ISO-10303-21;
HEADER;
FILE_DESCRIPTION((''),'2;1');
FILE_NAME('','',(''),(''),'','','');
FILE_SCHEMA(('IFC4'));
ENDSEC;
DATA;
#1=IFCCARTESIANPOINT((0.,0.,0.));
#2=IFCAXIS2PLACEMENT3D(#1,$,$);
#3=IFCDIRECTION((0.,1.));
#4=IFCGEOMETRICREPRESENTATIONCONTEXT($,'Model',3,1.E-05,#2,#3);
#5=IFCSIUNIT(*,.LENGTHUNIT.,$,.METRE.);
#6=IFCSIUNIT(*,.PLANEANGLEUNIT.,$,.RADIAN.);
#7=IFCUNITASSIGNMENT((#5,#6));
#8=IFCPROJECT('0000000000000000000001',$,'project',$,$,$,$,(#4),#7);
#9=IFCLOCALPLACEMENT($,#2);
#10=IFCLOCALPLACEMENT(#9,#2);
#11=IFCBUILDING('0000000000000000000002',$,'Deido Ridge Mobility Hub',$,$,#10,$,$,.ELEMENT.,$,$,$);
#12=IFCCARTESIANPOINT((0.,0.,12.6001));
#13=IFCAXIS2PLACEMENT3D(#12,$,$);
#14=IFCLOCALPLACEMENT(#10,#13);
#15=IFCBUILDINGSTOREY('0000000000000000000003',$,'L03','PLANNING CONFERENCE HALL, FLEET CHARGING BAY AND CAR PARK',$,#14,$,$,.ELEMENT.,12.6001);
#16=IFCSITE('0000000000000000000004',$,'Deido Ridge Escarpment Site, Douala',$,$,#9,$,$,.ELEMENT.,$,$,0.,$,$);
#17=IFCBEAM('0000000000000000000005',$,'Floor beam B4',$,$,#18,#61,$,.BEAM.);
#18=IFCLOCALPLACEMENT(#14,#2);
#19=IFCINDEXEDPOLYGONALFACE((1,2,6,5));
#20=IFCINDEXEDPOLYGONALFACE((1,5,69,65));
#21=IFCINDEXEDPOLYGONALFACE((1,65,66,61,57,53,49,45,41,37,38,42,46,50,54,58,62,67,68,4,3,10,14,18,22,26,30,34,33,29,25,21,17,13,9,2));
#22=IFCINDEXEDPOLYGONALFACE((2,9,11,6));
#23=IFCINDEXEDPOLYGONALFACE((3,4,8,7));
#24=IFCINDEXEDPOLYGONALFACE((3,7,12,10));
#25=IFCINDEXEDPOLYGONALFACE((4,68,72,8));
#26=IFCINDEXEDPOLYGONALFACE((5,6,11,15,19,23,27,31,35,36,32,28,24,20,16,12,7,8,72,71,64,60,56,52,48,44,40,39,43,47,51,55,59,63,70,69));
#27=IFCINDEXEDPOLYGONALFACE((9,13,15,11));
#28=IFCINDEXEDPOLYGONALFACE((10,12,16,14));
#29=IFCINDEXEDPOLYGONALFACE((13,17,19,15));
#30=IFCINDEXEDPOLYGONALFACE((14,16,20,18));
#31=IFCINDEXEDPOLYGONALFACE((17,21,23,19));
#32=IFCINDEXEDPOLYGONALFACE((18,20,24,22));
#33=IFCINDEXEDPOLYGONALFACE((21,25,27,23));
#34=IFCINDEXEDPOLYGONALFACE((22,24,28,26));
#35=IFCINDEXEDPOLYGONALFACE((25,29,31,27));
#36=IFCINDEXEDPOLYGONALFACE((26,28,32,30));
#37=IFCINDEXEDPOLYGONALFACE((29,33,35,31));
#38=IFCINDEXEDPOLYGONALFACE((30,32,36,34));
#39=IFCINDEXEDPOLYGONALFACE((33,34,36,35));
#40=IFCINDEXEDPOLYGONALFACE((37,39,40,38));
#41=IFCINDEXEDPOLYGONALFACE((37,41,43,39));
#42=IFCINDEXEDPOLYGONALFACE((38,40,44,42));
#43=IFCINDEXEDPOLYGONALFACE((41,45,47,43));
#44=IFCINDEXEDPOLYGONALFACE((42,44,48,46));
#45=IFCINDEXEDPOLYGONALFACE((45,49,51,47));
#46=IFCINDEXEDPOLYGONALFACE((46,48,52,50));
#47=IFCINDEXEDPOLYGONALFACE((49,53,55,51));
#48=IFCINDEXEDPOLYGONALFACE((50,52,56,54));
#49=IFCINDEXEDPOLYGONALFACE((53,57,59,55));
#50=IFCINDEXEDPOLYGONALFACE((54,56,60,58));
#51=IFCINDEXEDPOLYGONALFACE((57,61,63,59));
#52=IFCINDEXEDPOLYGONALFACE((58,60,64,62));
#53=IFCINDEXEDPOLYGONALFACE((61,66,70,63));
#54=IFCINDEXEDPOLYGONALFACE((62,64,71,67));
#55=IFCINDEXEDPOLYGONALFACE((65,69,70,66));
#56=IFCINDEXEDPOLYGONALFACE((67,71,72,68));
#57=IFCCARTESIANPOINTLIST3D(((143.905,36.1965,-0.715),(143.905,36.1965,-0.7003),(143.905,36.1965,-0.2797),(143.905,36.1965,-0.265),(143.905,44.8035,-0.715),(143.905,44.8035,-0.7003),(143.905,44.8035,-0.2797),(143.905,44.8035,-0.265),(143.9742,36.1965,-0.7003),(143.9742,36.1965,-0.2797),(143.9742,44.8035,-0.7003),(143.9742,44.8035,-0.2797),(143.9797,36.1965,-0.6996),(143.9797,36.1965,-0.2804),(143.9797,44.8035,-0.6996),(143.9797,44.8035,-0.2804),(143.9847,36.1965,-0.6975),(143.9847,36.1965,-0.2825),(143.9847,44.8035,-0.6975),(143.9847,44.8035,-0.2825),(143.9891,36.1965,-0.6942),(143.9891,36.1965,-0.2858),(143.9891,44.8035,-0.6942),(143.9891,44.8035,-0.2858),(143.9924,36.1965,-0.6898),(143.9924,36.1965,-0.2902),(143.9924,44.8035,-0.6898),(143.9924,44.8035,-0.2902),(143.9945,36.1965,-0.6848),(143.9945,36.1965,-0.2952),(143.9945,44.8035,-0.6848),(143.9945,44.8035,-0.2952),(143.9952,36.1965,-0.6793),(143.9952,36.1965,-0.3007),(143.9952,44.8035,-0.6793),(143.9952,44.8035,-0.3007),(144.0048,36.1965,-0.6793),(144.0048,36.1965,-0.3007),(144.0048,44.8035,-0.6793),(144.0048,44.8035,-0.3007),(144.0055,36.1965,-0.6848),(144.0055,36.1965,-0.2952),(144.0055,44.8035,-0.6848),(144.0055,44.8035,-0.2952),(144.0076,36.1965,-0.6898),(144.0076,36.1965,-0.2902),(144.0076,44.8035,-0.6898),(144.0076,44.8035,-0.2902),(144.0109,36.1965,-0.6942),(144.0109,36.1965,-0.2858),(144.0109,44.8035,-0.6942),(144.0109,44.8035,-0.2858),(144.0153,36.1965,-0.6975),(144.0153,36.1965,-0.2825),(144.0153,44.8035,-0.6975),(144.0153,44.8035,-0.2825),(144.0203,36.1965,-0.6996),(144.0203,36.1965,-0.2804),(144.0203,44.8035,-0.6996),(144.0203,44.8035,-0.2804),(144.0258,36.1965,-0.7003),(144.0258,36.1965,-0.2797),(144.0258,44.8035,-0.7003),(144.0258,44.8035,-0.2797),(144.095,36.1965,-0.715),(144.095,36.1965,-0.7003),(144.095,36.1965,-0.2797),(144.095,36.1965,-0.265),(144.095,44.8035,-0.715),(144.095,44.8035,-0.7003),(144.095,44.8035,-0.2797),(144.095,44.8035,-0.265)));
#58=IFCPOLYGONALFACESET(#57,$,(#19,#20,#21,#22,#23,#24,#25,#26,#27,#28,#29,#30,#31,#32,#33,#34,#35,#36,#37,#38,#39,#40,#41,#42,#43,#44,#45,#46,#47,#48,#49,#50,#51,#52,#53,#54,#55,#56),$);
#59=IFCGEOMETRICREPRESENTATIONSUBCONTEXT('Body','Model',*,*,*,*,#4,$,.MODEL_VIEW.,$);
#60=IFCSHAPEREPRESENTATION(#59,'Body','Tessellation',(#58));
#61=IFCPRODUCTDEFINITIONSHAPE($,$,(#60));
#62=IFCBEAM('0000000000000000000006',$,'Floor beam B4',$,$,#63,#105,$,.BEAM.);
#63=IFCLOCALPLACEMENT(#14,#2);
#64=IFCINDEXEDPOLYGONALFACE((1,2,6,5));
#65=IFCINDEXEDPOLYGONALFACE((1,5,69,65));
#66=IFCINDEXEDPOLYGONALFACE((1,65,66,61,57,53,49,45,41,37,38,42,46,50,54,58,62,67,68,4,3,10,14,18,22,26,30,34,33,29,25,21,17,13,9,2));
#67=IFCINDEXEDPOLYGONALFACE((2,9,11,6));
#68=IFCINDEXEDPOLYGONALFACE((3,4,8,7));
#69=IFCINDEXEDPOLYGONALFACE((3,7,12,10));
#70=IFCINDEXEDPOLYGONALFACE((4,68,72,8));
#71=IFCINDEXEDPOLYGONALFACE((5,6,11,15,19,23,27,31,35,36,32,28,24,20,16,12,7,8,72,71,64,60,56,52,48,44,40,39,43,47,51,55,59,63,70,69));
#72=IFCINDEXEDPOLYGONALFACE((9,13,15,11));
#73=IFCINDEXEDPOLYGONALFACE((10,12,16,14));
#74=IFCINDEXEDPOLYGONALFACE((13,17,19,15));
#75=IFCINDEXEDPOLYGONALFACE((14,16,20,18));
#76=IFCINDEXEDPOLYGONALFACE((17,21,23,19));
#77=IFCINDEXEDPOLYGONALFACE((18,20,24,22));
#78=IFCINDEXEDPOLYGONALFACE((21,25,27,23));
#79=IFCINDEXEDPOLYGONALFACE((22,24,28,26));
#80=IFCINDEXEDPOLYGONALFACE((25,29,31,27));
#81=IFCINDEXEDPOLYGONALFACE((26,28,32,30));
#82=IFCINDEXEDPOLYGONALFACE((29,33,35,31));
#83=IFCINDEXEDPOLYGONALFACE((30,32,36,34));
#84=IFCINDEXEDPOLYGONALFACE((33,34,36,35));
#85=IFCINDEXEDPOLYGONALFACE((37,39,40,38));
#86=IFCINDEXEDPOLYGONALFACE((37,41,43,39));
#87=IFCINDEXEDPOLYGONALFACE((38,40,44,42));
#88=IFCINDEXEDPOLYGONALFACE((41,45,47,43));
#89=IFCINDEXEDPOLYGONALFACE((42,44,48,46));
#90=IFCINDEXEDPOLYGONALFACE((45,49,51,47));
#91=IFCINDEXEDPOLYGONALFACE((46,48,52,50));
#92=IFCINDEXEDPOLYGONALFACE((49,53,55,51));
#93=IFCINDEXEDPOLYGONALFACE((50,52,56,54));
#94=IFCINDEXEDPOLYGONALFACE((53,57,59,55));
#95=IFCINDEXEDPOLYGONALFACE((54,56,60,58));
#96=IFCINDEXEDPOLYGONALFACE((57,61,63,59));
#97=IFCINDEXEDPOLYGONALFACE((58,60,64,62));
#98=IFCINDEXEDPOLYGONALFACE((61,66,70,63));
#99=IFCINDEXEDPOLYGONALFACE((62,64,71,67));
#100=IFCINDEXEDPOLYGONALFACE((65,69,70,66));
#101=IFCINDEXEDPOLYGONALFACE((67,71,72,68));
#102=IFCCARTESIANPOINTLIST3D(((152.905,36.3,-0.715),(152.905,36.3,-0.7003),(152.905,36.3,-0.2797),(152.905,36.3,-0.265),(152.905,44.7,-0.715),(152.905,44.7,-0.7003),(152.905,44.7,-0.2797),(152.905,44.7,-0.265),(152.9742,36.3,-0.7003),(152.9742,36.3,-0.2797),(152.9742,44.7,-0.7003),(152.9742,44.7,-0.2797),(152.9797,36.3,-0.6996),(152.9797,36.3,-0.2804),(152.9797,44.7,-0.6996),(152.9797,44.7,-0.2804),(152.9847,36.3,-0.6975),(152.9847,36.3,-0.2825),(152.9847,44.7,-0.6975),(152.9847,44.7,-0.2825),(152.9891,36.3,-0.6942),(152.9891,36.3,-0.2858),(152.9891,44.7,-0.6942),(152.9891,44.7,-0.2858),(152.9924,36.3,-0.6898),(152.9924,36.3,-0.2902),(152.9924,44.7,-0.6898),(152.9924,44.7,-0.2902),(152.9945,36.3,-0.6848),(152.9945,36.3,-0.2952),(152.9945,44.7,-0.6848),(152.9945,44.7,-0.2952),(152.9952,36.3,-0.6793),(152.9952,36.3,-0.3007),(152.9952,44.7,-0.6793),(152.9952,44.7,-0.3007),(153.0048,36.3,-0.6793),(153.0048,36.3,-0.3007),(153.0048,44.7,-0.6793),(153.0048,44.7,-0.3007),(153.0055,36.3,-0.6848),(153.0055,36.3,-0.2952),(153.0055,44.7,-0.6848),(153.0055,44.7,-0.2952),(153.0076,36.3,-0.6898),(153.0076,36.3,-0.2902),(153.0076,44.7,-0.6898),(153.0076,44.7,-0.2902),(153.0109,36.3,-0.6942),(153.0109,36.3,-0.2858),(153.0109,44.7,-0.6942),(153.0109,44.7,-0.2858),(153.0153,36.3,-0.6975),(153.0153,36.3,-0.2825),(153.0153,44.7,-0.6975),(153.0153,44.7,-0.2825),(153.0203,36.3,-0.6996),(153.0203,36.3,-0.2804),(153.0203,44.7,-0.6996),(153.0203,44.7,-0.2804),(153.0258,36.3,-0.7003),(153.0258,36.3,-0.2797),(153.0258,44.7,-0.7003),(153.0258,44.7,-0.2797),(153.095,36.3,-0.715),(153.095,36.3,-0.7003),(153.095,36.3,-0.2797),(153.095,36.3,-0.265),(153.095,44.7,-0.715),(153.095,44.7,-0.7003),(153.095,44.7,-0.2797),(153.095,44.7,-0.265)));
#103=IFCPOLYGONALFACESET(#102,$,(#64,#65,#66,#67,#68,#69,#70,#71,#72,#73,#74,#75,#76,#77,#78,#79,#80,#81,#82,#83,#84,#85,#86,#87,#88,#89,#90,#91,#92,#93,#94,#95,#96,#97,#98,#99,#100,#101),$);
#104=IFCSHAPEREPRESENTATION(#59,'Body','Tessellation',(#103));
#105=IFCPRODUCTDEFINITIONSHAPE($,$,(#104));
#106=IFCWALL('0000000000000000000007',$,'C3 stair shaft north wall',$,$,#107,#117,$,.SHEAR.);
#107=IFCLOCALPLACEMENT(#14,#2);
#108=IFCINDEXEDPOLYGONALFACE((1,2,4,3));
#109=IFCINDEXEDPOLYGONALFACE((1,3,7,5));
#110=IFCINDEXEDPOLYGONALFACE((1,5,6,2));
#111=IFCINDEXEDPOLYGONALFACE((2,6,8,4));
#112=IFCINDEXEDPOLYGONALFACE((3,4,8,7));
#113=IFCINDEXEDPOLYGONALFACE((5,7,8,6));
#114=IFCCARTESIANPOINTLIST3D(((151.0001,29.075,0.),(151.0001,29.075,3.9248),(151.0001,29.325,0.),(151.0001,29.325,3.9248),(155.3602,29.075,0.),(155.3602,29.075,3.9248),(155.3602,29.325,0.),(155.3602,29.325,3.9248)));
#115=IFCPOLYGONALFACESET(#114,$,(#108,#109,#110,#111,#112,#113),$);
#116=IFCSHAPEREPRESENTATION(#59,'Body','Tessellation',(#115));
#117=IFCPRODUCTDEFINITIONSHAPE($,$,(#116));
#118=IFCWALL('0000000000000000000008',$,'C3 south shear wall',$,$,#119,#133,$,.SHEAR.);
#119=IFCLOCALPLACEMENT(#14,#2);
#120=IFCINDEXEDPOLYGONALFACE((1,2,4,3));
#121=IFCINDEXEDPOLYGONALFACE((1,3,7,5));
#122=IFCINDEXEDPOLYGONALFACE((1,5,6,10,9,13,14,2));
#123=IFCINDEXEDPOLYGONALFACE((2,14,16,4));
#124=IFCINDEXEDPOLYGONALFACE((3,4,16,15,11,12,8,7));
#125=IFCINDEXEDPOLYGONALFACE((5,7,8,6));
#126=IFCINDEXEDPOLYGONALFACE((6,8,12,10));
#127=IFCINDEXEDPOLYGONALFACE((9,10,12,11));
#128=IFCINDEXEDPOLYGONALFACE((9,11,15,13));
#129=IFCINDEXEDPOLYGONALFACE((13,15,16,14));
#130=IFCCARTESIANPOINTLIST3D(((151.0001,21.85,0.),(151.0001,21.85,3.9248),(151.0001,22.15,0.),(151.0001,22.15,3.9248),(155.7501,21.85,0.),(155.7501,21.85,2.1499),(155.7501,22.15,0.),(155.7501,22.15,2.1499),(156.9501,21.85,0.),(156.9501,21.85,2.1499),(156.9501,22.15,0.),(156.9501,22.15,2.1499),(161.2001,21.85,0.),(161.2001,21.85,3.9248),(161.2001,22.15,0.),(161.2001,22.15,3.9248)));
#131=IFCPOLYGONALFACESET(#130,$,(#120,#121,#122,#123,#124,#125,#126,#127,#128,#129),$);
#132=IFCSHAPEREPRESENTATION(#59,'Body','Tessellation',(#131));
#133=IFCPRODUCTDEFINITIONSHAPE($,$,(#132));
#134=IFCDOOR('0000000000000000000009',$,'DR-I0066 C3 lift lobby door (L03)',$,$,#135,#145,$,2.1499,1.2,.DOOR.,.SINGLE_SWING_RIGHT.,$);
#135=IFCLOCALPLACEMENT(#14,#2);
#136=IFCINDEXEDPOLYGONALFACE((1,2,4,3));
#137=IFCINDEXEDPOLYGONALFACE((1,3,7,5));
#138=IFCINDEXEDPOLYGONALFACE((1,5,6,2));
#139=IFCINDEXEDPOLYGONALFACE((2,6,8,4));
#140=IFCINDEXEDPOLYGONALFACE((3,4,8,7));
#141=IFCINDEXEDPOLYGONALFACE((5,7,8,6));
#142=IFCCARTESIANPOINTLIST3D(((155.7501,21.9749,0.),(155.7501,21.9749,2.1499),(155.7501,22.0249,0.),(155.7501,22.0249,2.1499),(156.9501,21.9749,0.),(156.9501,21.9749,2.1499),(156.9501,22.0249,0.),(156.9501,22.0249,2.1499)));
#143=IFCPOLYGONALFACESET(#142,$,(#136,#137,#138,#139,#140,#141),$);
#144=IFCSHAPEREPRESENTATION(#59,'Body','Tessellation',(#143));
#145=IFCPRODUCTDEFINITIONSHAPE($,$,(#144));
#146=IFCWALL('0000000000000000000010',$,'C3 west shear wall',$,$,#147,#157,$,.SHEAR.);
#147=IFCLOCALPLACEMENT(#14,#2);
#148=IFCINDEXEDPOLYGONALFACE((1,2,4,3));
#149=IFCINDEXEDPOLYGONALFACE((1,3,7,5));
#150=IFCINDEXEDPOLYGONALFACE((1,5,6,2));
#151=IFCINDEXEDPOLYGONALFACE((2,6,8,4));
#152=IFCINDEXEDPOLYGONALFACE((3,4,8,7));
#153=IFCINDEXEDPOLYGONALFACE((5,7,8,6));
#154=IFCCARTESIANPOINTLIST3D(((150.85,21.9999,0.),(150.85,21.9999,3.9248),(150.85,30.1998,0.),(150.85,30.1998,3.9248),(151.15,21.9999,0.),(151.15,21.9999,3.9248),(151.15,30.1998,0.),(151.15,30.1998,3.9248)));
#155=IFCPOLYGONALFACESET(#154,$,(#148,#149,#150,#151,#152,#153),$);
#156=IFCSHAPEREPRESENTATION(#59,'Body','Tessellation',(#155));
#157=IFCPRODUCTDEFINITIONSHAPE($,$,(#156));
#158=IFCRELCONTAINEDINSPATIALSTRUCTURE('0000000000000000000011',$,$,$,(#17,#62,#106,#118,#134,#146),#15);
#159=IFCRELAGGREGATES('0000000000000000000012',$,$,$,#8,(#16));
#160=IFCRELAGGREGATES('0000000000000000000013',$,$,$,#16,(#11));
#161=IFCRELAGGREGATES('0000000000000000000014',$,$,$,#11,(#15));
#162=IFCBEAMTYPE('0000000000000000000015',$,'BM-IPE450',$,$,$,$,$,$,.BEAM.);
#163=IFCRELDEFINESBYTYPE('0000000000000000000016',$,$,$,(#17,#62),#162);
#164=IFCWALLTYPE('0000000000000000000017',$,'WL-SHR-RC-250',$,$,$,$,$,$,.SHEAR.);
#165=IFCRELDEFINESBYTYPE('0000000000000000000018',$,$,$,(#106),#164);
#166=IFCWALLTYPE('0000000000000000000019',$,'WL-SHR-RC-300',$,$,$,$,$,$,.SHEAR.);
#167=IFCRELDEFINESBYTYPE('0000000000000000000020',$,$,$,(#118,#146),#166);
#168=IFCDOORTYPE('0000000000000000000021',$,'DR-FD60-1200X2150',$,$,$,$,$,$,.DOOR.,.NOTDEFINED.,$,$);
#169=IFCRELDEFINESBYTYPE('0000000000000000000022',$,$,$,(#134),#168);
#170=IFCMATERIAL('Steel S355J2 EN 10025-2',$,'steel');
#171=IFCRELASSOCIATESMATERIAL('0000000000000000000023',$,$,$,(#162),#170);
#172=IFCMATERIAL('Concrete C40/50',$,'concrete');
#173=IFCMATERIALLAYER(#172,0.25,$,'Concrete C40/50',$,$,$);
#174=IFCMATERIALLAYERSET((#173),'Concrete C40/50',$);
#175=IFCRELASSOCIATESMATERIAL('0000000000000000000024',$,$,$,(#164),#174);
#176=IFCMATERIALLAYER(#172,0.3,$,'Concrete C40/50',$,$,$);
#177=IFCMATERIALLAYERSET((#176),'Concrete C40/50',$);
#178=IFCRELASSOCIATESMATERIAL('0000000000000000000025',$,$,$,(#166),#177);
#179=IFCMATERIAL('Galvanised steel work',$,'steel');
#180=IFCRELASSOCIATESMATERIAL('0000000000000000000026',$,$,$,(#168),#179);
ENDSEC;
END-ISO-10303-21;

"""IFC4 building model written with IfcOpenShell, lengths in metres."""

from ifc_helpers import new_model, si_unit, direction, frame, frame_2d, origin, origin_2d, place, context, subcontext, project, spatial, rectangle, i_section, extrude, material, layer, layer_set, material_profile, profile_set, type_object, element, fill, save


model = new_model("IFC4")

# Units and contexts
model_context = context("Model", 3, precision=1e-05, world=origin(), true_north=direction((0.0, 1.0)))
body_context = subcontext(model_context, "Body", "Model", "MODEL_VIEW")
ifc_project = project(units=[si_unit("LENGTHUNIT", "METRE"), si_unit("PLANEANGLEUNIT", "RADIAN")], contexts=[model_context])

# Site, building, storey
site_placement = place(None, origin())
site = spatial("IfcSite", under=ifc_project, at=site_placement, Name="Deido Ridge Escarpment Site, Douala", CompositionType="ELEMENT", RefElevation=0.0)
building_placement = place(site_placement, origin())
building = spatial("IfcBuilding", under=site, at=building_placement, Name="Deido Ridge Mobility Hub", CompositionType="ELEMENT")
storey_placement = place(building_placement, frame((0.0, 0.0, 12.6001)))
storey = spatial("IfcBuildingStorey", under=building, at=storey_placement, Name="L03", Description="PLANNING CONFERENCE HALL, FLEET CHARGING BAY AND CAR PARK", CompositionType="ELEMENT", Elevation=12.6001)

# Shared definitions
ifc_material_1 = material(Name="Steel S355J2 EN 10025-2", Category="steel")

# Beams
ifc_material_profile_1 = material_profile(ifc_material_1, i_section(OverallWidth=0.1899, OverallDepth=0.45, WebThickness=0.0095, FlangeThickness=0.0146, FilletRadius=0.021, at=origin_2d()), Name="IPE 450")
ifc_profile_set_1 = profile_set([ifc_material_profile_1], Name="Steel S355J2 EN 10025-2")
beam_type_1 = type_object("IfcBeamType", Name="BM-IPE450", PredefinedType="BEAM", material=ifc_profile_set_1)
for number, where, z_axis, x_axis, name in (
    (1, (144.0, 36.1965, -0.49), (0.0, 1.0, 0.0), (-1.0, 0.0, 0.0), "Floor beam B4"),
):
    element("IfcBeam", number, at=place(storey_placement, frame(where, z_axis=z_axis, x_axis=x_axis)), inside=storey, type_object=beam_type_1, Name=name, PredefinedType="BEAM", context=body_context, shape_type="SweptSolid", body=[
        extrude(i_section(OverallWidth=0.1899, OverallDepth=0.45, WebThickness=0.0095, FlangeThickness=0.0146, FilletRadius=0.021, at=origin_2d()), origin(), (0.0, 0.0, 1.0), 8.6069),
    ])
beam_1_placement = place(storey_placement, frame((153.0, 36.3, -0.49), z_axis=(0.0, 1.0, 0.0), x_axis=(-1.0, 0.0, 0.0)))
element("IfcBeam", 2, at=beam_1_placement, inside=storey, type_object=beam_type_1, Name="Floor beam B4", PredefinedType="BEAM", context=body_context, shape_type="SweptSolid", body=[
    extrude(i_section(OverallWidth=0.1899, OverallDepth=0.45, WebThickness=0.0095, FlangeThickness=0.0146, FilletRadius=0.021, at=origin_2d()), origin(), (0.0, 0.0, 1.0), 8.3999),
])

# Wall
ifc_material_2 = material(Name="Concrete C40/50", Category="concrete")
ifc_layer_1 = layer(ifc_material_2, 0.25, Name="Concrete C40/50")
ifc_layer_set_1 = layer_set([ifc_layer_1], Name="Concrete C40/50")
wall_type_1 = type_object("IfcWallType", Name="WL-SHR-RC-250", PredefinedType="SHEAR", material=ifc_layer_set_1)
wall_1_placement = place(storey_placement, frame((151.0, 29.2, 0.0), z_axis=(0.0, 0.0, 1.0), x_axis=(1.0, 0.0, 0.0)))
element("IfcWall", 3, at=wall_1_placement, inside=storey, type_object=wall_type_1, Name="C3 stair shaft north wall", PredefinedType="SHEAR", context=body_context, shape_type="SweptSolid", body=[
    extrude(rectangle(XDim=4.3601, YDim=0.25, at=frame_2d((2.1802, 0.0))), origin(), (0.0, 0.0, 1.0), 3.9248),
])

# Wall, opening, door
ifc_layer_2 = layer(ifc_material_2, 0.3, Name="Concrete C40/50")
ifc_layer_set_2 = layer_set([ifc_layer_2], Name="Concrete C40/50")
wall_type_2 = type_object("IfcWallType", Name="WL-SHR-RC-300", PredefinedType="SHEAR", material=ifc_layer_set_2)
wall_2_placement = place(storey_placement, frame((151.0, 22.0, 0.0), z_axis=(0.0, 0.0, 1.0), x_axis=(1.0, 0.0, 0.0)))
wall_2 = element("IfcWall", 4, at=wall_2_placement, inside=storey, type_object=wall_type_2, Name="C3 south shear wall", PredefinedType="SHEAR", context=body_context, shape_type="SweptSolid", body=[
    extrude(rectangle(XDim=10.2, YDim=0.3, at=frame_2d((5.1001, 0.0))), origin(), (0.0, 0.0, 1.0), 3.9248),
])
opening_placement = place(wall_2_placement, frame((4.75, 0.0, 0.0)))
opening = element("IfcOpeningElement", 5, at=opening_placement, cuts=wall_2, PredefinedType="OPENING", context=body_context, shape_type="SweptSolid", body=[
    extrude(rectangle(XDim=1.2, YDim=2.1499, at=frame_2d((0.6001, 1.075))), frame((0.0, 0.1602, 0.0), z_axis=(0.0, -1.0, 0.0), x_axis=(1.0, 0.0, 0.0)), (0.0, 0.0, 1.0), 0.3201),
])
ifc_material_3 = material(Name="Galvanised steel work", Category="steel")
door_type = type_object("IfcDoorType", Name="DR-FD60-1200X2150", OperationType="NOTDEFINED", PredefinedType="DOOR", material=ifc_material_3)
door_placement = place(opening_placement, origin())
door = element("IfcDoor", 6, at=door_placement, inside=storey, type_object=door_type, Name="DR-I0066 C3 lift lobby door (L03)", OperationType="SINGLE_SWING_RIGHT", OverallHeight=2.1499, OverallWidth=1.2, PredefinedType="DOOR", context=body_context, shape_type="SweptSolid", body=[
    extrude(rectangle(XDim=1.2, YDim=2.1499, at=frame_2d((0.6001, 1.075))), frame((0.0, 0.0249, 0.0), z_axis=(0.0, -1.0, 0.0), x_axis=(1.0, 0.0, 0.0)), (0.0, 0.0, 1.0), 0.05),
])
fill(opening, door)

# Wall
wall_3_placement = place(storey_placement, frame((151.0, 30.2, 0.0), z_axis=(0.0, 0.0, 1.0), x_axis=(0.0, -1.0, 0.0)))
element("IfcWall", 7, at=wall_3_placement, inside=storey, type_object=wall_type_2, Name="C3 west shear wall", PredefinedType="SHEAR", context=body_context, shape_type="SweptSolid", body=[
    extrude(rectangle(XDim=8.2, YDim=0.3, at=frame_2d((4.1001, 0.0))), origin(), (0.0, 0.0, 1.0), 3.9248),
])

save(model, "model.ifc")
